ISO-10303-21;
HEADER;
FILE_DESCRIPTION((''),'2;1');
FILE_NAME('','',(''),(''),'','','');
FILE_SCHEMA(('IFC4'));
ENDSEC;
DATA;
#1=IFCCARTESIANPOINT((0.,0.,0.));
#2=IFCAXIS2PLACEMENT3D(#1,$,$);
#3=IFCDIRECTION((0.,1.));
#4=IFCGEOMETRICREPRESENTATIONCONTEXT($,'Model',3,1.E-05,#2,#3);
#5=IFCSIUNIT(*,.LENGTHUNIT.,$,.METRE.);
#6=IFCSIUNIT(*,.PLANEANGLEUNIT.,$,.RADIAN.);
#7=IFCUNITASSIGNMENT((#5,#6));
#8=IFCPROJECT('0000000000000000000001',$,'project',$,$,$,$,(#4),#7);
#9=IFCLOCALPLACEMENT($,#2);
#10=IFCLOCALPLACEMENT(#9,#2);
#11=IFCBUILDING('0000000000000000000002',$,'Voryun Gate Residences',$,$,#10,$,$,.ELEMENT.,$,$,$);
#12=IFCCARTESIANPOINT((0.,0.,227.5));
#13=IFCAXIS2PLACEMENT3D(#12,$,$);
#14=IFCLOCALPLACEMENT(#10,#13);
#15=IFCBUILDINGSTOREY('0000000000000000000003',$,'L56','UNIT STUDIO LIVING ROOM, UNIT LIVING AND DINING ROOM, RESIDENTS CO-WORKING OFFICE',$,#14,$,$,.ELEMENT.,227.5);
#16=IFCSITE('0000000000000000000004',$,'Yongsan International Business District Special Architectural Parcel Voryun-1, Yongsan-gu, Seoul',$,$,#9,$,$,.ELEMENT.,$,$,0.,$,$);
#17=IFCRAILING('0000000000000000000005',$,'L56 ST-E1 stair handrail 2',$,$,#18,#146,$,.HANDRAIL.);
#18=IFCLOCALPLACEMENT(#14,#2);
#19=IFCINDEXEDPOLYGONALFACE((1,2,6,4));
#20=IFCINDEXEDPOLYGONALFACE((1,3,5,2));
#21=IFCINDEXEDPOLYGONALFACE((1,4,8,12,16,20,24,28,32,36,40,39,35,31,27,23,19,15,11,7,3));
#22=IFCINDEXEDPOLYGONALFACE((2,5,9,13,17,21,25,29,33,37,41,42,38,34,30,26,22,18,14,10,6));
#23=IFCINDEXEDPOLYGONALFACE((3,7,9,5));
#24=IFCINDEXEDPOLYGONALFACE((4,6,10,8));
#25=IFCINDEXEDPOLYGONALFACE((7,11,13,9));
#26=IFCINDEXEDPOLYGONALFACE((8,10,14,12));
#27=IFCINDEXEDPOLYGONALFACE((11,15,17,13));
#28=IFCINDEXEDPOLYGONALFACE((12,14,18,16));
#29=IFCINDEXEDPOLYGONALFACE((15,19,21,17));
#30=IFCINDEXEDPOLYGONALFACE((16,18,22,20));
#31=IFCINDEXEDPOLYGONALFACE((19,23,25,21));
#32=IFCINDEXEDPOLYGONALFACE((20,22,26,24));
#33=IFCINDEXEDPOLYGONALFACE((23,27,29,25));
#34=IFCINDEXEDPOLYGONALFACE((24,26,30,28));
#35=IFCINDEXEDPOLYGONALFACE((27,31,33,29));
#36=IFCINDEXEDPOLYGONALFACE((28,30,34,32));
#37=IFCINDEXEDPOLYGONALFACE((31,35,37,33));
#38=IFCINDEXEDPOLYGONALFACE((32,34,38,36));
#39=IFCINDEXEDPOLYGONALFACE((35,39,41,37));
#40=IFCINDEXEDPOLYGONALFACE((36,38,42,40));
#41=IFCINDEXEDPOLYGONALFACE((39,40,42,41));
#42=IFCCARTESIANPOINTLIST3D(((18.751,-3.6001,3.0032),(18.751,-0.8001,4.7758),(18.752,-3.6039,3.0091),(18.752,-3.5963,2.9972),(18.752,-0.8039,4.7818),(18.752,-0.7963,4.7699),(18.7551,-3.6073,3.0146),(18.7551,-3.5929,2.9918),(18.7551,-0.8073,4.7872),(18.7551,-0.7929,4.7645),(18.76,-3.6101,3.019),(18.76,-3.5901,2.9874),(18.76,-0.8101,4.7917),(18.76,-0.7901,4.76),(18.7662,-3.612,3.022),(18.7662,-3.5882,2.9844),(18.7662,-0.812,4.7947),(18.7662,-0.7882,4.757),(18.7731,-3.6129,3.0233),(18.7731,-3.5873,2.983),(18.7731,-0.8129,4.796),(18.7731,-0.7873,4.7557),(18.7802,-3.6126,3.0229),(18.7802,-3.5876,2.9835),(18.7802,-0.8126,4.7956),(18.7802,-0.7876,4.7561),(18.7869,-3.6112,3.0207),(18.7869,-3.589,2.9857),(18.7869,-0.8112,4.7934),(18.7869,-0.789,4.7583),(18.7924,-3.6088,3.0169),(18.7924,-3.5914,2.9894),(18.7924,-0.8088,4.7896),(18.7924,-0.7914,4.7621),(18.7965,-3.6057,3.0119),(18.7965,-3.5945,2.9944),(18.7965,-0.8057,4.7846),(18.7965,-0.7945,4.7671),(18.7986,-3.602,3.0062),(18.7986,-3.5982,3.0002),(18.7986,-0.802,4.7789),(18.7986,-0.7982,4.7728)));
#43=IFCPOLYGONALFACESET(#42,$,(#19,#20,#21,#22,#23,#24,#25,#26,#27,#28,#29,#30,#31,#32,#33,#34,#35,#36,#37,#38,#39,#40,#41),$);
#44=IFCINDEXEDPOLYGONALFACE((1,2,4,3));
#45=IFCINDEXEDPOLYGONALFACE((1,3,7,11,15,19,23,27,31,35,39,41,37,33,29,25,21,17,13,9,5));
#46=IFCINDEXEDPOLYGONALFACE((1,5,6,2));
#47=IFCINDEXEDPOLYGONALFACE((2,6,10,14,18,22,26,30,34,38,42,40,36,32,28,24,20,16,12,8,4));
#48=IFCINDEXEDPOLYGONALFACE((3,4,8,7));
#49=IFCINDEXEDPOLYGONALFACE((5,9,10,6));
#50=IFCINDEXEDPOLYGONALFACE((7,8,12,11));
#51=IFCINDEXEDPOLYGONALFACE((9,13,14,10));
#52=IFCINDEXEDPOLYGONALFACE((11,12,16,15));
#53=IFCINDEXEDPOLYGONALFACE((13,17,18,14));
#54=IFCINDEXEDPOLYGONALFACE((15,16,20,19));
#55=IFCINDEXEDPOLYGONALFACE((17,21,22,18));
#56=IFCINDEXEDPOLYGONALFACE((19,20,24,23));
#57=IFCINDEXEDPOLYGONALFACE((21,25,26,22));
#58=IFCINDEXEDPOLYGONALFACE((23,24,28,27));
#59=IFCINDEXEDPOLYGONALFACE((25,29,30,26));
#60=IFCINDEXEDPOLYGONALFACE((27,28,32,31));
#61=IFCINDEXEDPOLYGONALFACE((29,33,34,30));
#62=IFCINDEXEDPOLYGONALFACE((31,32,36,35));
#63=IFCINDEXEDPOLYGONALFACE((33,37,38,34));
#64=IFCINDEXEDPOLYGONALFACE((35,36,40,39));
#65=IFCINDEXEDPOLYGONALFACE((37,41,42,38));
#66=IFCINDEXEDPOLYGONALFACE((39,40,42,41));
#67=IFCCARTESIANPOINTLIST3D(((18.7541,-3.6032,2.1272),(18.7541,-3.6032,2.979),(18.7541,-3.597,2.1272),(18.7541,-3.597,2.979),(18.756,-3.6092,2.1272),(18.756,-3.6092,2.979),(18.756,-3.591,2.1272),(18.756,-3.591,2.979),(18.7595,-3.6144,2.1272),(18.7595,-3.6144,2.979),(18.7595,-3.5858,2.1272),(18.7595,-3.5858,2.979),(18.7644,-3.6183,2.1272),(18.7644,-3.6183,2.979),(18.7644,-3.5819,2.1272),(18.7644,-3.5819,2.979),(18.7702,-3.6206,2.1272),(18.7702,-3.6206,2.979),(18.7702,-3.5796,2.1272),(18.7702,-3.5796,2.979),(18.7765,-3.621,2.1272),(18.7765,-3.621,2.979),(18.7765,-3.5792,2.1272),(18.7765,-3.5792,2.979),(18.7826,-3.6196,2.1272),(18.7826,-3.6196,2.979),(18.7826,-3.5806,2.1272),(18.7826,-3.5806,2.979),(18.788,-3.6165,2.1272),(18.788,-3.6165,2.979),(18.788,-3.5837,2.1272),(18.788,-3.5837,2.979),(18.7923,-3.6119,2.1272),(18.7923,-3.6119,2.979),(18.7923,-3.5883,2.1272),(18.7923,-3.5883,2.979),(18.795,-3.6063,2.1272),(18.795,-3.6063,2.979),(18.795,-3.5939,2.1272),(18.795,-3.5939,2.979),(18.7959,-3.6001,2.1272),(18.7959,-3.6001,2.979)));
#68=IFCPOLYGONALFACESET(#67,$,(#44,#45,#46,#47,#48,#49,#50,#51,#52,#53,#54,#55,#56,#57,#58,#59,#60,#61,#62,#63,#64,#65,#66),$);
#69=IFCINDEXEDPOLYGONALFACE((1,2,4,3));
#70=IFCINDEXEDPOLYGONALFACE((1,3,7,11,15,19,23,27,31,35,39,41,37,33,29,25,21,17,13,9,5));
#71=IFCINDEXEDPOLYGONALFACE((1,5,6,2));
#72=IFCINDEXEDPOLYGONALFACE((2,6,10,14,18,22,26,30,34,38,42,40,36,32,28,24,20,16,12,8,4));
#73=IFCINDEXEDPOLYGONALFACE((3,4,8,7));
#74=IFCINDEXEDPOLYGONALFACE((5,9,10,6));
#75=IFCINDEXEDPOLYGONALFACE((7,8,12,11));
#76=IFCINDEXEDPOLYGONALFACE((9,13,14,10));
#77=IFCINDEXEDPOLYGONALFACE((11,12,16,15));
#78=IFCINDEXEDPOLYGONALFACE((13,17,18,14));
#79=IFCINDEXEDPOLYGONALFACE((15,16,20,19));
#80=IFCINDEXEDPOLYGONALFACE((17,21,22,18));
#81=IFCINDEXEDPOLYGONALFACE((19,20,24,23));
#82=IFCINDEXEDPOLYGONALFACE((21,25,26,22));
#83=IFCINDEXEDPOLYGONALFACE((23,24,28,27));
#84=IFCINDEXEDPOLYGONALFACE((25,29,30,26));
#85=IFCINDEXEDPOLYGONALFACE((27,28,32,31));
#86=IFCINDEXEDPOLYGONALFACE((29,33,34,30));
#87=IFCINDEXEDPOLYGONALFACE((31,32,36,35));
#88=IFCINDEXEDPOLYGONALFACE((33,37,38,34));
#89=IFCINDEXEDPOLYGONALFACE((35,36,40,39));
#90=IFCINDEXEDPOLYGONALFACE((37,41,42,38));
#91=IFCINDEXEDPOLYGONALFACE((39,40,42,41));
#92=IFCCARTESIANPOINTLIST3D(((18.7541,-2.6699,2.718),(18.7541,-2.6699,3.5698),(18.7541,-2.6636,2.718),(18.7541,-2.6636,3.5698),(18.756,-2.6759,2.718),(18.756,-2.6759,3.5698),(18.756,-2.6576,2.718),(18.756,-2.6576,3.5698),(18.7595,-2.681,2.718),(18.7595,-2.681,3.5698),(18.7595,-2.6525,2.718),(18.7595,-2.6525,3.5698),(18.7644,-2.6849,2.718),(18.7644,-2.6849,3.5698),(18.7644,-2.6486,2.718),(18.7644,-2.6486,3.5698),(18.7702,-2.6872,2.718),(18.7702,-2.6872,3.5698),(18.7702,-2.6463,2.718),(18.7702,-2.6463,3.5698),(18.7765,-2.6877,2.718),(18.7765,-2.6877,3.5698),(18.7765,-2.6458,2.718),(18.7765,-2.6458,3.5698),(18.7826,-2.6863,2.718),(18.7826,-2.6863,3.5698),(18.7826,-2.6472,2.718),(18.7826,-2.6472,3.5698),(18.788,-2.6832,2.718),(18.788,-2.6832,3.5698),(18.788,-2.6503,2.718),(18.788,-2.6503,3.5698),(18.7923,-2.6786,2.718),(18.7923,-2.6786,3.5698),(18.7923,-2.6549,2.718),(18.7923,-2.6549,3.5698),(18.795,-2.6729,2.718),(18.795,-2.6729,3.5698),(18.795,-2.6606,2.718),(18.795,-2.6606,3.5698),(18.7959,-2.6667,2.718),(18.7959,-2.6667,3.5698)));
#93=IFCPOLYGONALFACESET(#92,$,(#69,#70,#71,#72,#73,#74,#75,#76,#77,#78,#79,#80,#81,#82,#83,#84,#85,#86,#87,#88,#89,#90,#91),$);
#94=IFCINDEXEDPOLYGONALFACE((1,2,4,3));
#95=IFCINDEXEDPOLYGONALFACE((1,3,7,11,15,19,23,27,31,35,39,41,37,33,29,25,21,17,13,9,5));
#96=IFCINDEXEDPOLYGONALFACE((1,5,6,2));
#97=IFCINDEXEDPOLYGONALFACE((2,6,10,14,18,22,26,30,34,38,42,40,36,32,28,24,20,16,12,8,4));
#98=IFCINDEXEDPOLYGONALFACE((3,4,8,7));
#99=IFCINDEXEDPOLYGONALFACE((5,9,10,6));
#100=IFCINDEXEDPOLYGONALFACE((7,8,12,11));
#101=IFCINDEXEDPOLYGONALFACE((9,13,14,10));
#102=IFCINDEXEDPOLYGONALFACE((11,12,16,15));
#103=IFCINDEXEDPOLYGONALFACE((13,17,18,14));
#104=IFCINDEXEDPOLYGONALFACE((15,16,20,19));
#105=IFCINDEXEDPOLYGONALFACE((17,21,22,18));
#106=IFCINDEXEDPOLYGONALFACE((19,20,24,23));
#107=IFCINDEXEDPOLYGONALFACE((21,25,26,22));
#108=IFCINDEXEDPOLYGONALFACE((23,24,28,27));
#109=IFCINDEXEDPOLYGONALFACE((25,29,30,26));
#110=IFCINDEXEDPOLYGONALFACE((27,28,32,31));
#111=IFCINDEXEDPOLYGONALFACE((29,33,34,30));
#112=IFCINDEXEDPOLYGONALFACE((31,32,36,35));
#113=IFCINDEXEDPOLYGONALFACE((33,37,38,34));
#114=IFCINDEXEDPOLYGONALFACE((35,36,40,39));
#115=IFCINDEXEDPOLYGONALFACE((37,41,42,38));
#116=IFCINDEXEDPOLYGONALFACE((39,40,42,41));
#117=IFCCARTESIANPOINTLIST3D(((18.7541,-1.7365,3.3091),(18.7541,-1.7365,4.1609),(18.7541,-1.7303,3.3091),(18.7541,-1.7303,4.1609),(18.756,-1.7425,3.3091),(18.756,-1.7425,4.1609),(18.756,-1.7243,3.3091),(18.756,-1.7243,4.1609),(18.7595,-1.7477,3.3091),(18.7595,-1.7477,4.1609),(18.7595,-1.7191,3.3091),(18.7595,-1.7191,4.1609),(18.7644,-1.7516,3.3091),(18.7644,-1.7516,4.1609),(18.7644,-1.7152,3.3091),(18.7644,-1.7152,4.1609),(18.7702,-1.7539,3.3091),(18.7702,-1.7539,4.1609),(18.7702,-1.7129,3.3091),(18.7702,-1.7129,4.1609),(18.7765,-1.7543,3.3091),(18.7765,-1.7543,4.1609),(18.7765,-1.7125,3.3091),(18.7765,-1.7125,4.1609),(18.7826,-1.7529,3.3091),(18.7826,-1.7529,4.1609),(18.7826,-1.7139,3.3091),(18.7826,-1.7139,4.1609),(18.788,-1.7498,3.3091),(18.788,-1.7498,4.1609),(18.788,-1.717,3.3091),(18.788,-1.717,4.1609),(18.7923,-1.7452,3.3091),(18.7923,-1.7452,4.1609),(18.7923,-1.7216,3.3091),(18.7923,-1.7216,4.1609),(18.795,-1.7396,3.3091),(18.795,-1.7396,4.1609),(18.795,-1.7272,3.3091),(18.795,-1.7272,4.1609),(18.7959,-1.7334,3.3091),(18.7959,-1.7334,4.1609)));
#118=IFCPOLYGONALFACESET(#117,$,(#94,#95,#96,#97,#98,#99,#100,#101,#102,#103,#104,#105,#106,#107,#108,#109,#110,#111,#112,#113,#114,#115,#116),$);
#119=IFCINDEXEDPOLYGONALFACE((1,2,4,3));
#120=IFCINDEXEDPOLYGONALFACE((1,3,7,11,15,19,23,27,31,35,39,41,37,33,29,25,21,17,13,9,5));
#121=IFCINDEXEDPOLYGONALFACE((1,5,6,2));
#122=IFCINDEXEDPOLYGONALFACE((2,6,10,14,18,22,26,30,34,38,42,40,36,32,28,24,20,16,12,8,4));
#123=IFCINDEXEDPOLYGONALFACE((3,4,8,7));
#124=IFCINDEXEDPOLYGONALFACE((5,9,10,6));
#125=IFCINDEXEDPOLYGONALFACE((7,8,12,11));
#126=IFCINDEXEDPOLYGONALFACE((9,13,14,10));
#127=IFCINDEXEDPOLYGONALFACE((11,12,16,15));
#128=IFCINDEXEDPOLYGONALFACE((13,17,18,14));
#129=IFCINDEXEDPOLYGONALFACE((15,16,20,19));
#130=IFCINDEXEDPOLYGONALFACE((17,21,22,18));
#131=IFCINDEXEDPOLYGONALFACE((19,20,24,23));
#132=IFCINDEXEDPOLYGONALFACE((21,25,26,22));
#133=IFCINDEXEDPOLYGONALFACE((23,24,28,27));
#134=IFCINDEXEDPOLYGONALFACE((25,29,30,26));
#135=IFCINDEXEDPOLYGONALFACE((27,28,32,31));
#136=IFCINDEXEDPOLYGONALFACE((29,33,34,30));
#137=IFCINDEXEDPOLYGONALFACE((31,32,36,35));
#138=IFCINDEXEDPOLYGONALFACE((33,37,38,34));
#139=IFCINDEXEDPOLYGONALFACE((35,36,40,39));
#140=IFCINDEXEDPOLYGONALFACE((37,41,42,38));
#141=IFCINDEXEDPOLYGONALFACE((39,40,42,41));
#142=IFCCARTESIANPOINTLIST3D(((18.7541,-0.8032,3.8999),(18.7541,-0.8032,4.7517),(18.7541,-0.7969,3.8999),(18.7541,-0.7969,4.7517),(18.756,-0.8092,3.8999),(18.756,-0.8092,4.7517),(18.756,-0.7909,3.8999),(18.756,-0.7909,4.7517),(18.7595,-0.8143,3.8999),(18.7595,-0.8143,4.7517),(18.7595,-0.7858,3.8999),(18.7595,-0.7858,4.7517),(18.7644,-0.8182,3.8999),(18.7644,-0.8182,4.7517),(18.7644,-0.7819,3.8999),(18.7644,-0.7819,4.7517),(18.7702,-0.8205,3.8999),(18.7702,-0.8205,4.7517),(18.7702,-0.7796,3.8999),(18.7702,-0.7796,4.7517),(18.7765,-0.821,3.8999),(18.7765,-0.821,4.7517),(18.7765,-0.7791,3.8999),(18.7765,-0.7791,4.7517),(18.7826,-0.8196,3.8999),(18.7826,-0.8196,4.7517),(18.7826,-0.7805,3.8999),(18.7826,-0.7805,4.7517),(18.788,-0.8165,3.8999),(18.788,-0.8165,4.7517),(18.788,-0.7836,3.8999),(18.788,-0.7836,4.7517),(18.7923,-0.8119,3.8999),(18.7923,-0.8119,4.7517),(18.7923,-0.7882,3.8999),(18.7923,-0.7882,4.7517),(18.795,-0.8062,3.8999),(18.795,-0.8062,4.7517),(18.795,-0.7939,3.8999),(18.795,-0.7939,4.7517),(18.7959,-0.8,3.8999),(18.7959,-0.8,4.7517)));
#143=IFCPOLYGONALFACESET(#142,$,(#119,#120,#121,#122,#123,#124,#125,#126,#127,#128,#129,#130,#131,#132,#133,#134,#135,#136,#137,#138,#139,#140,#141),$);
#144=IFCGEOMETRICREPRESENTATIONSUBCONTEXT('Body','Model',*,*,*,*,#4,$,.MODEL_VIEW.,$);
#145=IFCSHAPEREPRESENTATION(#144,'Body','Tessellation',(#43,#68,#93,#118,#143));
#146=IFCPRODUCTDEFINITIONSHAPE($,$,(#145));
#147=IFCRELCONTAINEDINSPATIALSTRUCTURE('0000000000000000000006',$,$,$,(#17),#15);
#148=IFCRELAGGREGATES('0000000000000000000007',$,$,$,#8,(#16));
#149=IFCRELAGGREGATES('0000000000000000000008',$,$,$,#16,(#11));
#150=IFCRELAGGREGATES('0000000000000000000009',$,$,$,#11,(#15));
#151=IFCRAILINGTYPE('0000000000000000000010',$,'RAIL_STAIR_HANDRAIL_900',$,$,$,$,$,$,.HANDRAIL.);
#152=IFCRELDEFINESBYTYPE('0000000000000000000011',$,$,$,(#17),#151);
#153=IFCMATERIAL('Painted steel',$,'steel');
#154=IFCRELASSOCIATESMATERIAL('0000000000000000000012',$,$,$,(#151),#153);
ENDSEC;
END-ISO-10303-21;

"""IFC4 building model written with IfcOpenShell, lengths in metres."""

from ifc_helpers import new_model, si_unit, direction, frame, origin, origin_2d, place, context, subcontext, project, spatial, circle, extrude, material, type_object, element, save


model = new_model("IFC4")

# Units and contexts
model_context = context("Model", 3, precision=1e-05, world=origin(), true_north=direction((0.0, 1.0)))
body_context = subcontext(model_context, "Body", "Model", "MODEL_VIEW")
ifc_project = project(units=[si_unit("LENGTHUNIT", "METRE"), si_unit("PLANEANGLEUNIT", "RADIAN")], contexts=[model_context])

# Site, building, storey
site_placement = place(None, origin())
site = spatial("IfcSite", under=ifc_project, at=site_placement, Name="Yongsan International Business District Special Architectural Parcel Voryun-1, Yongsan-gu, Seoul", CompositionType="ELEMENT", RefElevation=0.0)
building_placement = place(site_placement, origin())
building = spatial("IfcBuilding", under=site, at=building_placement, Name="Voryun Gate Residences", CompositionType="ELEMENT")
storey_placement = place(building_placement, frame((0.0, 0.0, 227.5)))
storey = spatial("IfcBuildingStorey", under=building, at=storey_placement, Name="L56", Description="UNIT STUDIO LIVING ROOM, UNIT LIVING AND DINING ROOM, RESIDENTS CO-WORKING OFFICE", CompositionType="ELEMENT", Elevation=227.5)

# Railing
ifc_material_1 = material(Name="Painted steel", Category="steel")
railing_type_1 = type_object("IfcRailingType", Name="RAIL_STAIR_HANDRAIL_900", PredefinedType="HANDRAIL", material=ifc_material_1)
railing_1_placement = place(storey_placement, frame((18.7749, -3.6001, 2.1272)))
element("IfcRailing", 1, at=railing_1_placement, inside=storey, type_object=railing_type_1, Name="L56 ST-E1 stair handrail 2", PredefinedType="HANDRAIL", context=body_context, shape_type="SweptSolid", body=[
    extrude(circle(Radius=0.0239, at=origin_2d()), frame((0.0, 0.0, 0.876), z_axis=(0.0, 0.844909, 0.53491), x_axis=(-1.0, 0.0, 0.0)), (0.0, 0.0, 1.0), 3.314),
    extrude(circle(Radius=0.021, at=origin_2d()), origin(), (0.0, 0.0, 1.0), 0.8518),
    extrude(circle(Radius=0.021, at=origin_2d()), frame((0.0, 0.9333, 0.5908)), (0.0, 0.0, 1.0), 0.8518),
    extrude(circle(Radius=0.021, at=origin_2d()), frame((0.0, 1.8667, 1.1819)), (0.0, 0.0, 1.0), 0.8518),
    extrude(circle(Radius=0.021, at=origin_2d()), frame((0.0, 2.8, 1.7727)), (0.0, 0.0, 1.0), 0.8518),
])

save(model, "model.ifc")
